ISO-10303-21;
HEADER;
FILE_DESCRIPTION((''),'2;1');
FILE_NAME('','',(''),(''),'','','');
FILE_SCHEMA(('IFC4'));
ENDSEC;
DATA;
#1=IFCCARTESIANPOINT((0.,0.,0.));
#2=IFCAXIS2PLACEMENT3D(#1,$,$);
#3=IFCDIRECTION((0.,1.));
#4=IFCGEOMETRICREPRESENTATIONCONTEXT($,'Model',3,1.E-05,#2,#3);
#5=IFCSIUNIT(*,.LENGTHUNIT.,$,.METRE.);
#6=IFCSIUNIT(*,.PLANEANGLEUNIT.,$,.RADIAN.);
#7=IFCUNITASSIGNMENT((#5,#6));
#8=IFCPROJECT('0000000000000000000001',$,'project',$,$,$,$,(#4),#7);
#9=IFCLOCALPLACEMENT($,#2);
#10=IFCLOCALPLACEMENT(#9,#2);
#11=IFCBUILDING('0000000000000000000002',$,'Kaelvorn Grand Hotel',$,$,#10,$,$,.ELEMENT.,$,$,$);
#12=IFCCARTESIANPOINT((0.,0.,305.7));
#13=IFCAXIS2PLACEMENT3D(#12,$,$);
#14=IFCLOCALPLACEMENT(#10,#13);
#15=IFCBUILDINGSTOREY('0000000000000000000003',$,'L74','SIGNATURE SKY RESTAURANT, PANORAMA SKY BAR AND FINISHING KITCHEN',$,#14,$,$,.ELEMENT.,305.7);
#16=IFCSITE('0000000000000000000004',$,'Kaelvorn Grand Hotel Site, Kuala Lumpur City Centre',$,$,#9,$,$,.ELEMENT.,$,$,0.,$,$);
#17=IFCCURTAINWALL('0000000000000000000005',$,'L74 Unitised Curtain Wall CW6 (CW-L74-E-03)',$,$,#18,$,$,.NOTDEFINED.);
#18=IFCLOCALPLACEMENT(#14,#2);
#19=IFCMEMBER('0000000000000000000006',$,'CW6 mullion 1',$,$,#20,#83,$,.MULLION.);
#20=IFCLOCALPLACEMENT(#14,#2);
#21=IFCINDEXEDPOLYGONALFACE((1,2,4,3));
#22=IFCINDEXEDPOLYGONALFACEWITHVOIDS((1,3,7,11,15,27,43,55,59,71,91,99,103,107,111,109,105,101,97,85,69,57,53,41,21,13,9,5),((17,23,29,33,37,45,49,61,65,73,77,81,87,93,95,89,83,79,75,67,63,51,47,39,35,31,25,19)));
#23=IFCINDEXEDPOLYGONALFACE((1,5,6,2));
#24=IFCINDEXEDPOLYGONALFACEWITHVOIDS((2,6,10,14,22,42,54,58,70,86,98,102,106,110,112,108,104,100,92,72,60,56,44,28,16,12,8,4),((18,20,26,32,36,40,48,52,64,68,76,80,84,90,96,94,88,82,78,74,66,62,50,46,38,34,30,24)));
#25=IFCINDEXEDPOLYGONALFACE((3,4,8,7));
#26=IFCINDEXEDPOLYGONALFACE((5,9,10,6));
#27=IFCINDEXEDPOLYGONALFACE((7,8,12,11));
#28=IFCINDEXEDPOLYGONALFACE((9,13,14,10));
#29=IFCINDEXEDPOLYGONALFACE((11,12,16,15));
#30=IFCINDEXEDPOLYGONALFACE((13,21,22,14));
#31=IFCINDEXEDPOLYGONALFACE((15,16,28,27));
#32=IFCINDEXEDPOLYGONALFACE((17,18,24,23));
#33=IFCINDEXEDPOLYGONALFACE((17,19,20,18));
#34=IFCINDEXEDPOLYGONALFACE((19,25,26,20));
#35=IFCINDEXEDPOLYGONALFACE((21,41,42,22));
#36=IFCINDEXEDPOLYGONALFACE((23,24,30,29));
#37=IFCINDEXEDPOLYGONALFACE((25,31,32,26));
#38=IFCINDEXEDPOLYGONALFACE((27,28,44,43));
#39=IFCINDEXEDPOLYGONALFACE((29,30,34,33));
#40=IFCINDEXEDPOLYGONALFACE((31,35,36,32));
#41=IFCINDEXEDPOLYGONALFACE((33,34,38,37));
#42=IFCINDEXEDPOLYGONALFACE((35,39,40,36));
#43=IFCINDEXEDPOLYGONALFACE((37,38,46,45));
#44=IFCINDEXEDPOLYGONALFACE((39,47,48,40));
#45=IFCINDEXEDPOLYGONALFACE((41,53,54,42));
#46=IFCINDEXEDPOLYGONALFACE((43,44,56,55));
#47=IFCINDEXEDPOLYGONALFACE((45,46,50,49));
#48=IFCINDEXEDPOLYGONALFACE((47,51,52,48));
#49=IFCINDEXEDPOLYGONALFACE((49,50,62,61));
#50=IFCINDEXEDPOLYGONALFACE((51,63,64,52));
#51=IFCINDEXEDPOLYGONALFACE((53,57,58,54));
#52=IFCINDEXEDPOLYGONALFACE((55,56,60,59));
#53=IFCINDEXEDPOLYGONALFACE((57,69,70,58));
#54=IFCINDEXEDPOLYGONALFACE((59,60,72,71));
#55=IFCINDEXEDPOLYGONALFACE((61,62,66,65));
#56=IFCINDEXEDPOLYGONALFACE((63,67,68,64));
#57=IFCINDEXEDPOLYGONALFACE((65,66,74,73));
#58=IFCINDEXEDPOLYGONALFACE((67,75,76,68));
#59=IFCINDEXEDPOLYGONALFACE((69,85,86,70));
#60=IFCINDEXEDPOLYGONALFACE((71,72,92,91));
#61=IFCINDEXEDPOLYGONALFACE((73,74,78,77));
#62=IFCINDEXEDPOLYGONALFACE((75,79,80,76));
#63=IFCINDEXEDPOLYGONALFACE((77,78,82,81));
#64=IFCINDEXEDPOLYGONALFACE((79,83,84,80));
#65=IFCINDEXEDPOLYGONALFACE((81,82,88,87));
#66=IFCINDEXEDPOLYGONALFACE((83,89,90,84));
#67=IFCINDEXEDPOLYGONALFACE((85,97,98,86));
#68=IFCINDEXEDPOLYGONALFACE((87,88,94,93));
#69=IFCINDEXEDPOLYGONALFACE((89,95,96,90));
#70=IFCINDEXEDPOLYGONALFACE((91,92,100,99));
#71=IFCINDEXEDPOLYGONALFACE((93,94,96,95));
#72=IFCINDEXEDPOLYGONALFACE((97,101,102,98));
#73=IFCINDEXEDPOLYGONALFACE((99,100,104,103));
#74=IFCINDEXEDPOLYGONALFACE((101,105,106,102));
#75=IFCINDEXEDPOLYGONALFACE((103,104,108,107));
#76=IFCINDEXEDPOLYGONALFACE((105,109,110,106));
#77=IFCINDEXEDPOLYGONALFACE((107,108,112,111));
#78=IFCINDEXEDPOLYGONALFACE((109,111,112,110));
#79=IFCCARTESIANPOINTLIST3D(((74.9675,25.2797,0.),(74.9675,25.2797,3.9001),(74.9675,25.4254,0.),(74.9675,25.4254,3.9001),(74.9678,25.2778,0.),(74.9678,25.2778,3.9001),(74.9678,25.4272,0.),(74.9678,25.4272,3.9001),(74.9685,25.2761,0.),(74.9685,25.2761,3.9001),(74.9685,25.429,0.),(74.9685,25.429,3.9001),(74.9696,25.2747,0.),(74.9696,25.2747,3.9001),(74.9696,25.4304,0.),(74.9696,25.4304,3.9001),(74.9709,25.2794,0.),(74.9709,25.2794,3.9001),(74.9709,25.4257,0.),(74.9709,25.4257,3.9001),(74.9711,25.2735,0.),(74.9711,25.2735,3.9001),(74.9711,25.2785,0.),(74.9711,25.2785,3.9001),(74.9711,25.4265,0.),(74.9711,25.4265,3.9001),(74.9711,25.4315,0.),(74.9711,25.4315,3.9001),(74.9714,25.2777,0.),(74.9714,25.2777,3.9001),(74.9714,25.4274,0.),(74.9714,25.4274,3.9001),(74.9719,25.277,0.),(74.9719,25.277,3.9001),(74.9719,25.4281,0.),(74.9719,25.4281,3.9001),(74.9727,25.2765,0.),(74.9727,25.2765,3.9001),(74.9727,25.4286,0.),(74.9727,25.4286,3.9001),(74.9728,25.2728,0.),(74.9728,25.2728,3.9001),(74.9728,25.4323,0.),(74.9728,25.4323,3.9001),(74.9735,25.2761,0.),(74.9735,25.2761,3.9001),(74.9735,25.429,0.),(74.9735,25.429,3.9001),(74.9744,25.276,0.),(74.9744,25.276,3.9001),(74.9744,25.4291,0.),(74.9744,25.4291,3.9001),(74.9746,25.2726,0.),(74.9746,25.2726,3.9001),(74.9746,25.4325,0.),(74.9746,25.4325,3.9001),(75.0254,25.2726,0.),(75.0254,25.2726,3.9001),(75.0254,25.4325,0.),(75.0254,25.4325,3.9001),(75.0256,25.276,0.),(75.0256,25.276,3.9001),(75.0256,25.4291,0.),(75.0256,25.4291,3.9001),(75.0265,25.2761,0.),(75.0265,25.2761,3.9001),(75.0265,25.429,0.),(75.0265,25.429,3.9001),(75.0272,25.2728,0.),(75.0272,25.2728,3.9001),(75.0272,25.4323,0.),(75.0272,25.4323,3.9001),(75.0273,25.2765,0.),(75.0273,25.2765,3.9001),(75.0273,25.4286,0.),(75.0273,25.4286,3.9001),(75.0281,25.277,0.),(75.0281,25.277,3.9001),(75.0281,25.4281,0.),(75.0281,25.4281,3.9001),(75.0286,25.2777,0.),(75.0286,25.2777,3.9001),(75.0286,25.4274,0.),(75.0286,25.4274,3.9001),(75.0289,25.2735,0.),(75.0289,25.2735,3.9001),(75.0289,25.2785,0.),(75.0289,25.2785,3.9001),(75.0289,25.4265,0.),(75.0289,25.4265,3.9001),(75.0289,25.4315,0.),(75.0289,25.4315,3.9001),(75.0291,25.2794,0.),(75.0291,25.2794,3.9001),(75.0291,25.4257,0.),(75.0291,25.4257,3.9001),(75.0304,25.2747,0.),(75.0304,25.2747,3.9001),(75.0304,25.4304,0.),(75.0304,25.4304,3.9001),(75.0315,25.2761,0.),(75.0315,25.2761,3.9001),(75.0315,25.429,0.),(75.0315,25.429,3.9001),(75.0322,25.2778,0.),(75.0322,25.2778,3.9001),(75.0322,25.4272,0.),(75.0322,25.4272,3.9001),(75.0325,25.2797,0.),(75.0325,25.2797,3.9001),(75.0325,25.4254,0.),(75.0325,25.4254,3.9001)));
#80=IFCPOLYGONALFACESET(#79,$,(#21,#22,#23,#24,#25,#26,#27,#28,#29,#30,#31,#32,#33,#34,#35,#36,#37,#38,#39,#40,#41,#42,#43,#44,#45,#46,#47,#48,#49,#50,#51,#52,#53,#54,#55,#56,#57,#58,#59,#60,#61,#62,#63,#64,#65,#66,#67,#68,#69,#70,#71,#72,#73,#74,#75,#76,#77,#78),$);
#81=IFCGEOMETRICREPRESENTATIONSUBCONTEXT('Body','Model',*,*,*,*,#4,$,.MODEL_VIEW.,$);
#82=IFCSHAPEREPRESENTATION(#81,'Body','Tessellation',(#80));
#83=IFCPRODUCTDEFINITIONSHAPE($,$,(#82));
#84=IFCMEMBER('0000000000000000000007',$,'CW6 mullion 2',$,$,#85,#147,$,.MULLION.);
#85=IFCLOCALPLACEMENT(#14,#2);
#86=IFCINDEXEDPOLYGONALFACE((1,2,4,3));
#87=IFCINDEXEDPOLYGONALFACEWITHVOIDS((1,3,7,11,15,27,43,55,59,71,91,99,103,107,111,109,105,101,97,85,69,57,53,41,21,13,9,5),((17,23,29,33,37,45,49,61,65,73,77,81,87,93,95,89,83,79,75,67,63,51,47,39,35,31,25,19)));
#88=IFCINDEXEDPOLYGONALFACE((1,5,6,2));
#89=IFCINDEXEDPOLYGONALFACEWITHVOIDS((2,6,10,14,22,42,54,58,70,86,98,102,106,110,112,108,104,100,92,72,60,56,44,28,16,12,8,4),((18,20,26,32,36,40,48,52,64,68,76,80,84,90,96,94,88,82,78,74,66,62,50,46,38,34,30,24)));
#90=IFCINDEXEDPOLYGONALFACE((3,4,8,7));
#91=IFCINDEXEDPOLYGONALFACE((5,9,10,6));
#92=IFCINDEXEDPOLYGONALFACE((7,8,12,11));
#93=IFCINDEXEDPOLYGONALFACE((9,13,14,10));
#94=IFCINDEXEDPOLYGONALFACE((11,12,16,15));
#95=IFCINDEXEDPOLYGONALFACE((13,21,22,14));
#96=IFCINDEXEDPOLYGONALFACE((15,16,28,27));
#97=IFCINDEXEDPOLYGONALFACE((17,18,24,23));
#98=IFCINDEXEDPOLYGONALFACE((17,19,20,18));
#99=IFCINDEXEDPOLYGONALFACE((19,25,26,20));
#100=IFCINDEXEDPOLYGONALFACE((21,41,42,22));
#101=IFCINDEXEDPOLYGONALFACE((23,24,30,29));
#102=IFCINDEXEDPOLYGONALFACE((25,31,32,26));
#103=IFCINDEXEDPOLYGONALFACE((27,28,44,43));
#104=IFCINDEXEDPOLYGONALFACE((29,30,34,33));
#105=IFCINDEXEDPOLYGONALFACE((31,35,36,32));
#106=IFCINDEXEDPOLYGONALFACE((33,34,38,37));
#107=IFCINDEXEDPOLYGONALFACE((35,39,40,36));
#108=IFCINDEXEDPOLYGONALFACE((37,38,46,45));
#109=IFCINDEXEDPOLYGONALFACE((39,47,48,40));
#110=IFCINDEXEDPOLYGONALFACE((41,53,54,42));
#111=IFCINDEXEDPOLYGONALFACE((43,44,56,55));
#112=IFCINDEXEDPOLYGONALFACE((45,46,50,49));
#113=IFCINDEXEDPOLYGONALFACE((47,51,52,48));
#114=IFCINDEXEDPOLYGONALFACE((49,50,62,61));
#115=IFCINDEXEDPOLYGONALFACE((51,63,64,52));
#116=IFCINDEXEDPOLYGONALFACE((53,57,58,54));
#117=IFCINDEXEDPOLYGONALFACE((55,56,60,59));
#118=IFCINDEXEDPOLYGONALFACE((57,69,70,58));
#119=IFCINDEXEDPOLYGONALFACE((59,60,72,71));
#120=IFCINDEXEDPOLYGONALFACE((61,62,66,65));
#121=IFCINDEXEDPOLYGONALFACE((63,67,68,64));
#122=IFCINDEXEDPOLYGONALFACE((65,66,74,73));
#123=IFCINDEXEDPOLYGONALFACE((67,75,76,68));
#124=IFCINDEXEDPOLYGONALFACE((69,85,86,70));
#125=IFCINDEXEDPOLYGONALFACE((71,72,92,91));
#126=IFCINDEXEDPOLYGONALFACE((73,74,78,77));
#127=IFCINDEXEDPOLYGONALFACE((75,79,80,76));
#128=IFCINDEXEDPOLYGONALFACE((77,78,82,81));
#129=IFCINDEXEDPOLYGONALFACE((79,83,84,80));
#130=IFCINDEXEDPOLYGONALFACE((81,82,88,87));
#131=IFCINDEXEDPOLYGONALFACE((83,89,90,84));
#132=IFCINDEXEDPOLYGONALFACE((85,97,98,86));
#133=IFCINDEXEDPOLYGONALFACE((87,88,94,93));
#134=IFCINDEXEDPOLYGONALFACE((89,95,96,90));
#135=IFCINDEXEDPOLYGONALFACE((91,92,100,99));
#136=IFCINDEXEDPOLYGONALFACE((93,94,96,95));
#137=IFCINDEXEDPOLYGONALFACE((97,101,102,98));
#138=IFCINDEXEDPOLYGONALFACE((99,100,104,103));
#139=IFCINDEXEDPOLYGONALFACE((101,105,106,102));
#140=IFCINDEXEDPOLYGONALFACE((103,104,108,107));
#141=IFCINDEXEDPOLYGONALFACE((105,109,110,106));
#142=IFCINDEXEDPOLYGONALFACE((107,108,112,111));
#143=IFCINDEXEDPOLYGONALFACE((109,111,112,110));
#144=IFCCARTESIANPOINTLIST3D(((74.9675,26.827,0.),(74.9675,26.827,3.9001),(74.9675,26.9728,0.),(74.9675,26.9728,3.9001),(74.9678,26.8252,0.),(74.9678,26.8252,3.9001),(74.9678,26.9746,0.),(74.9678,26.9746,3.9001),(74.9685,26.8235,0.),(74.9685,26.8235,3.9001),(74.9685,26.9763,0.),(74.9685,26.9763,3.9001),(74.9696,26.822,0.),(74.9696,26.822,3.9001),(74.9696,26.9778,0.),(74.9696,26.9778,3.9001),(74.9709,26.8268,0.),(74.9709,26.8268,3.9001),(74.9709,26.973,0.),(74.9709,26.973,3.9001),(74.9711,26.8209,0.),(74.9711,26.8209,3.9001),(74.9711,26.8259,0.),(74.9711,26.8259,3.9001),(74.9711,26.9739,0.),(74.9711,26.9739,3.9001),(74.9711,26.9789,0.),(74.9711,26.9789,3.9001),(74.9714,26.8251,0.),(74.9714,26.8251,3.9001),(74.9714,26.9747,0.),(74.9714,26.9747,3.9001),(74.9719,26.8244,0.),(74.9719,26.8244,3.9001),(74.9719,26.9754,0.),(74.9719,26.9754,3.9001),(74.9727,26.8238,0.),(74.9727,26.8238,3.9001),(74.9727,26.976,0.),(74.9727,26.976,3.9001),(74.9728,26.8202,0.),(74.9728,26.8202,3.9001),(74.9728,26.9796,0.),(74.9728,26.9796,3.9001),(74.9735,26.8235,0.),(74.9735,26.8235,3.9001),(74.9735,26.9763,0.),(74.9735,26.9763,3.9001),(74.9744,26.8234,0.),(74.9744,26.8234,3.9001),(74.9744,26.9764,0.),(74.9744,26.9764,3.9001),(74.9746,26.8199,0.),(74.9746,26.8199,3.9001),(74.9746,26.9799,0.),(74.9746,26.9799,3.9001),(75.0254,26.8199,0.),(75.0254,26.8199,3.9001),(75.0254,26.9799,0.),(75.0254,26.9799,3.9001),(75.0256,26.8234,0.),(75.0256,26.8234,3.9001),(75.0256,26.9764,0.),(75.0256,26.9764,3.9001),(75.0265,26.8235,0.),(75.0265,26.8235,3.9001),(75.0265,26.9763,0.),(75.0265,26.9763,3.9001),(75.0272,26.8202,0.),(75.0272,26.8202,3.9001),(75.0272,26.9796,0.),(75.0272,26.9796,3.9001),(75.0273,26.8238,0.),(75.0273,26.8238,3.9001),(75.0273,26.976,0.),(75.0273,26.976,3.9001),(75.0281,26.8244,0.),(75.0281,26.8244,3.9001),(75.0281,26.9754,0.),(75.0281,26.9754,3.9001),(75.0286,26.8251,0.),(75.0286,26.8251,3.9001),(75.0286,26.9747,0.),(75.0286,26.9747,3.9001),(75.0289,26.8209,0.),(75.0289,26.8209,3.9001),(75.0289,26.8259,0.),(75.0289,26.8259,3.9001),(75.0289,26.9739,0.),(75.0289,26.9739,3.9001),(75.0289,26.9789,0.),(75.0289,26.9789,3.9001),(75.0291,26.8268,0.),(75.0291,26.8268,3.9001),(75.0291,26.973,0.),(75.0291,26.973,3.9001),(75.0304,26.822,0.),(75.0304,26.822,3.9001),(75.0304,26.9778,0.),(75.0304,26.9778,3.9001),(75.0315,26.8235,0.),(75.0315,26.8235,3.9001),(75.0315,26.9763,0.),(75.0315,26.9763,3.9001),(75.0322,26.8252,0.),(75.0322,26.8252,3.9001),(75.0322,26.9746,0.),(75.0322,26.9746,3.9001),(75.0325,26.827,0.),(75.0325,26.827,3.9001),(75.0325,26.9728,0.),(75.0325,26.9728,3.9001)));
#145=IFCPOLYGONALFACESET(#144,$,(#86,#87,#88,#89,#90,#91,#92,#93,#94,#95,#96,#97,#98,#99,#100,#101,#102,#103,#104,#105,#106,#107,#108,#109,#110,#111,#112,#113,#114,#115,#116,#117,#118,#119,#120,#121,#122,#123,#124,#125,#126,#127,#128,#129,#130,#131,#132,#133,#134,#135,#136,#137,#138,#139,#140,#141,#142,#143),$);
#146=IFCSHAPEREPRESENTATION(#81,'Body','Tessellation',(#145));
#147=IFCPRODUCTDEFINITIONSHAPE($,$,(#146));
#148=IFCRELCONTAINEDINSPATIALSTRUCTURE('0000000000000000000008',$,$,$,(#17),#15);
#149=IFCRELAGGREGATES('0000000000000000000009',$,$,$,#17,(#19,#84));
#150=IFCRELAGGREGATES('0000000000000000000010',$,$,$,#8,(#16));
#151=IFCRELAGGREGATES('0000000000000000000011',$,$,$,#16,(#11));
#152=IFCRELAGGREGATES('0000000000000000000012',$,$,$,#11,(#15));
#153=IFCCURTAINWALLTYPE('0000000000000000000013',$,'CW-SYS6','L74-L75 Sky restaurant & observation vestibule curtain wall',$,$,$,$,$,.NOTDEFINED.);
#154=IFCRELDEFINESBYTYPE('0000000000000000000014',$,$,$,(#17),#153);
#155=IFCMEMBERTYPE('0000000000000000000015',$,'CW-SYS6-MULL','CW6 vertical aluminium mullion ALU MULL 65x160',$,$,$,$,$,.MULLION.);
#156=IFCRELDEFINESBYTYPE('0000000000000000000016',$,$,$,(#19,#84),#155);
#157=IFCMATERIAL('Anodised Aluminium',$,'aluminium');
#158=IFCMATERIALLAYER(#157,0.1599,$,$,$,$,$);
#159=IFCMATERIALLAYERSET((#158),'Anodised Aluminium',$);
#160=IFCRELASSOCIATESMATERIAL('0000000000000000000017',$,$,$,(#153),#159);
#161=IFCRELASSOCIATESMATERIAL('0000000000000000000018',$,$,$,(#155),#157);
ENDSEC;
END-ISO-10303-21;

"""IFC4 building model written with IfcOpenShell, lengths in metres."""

from ifc_helpers import new_model, si_unit, direction, frame, origin, origin_2d, place, context, subcontext, project, spatial, hollow_rectangle, extrude, material, layer, layer_set, material_profile, profile_set, type_object, element, aggregate, save


model = new_model("IFC4")

# Units and contexts
model_context = context("Model", 3, precision=1e-05, world=origin(), true_north=direction((0.0, 1.0)))
body_context = subcontext(model_context, "Body", "Model", "MODEL_VIEW")
ifc_project = project(units=[si_unit("LENGTHUNIT", "METRE"), si_unit("PLANEANGLEUNIT", "RADIAN")], contexts=[model_context])

# Site, building, storey
site_placement = place(None, origin())
site = spatial("IfcSite", under=ifc_project, at=site_placement, Name="Kaelvorn Grand Hotel Site, Kuala Lumpur City Centre", CompositionType="ELEMENT", RefElevation=0.0)
building_placement = place(site_placement, origin())
building = spatial("IfcBuilding", under=site, at=building_placement, Name="Kaelvorn Grand Hotel", CompositionType="ELEMENT")
storey_placement = place(building_placement, frame((0.0, 0.0, 305.7)))
storey = spatial("IfcBuildingStorey", under=building, at=storey_placement, Name="L74", Description="SIGNATURE SKY RESTAURANT, PANORAMA SKY BAR AND FINISHING KITCHEN", CompositionType="ELEMENT", Elevation=305.7)

# Curtain wall, members
ifc_material_1 = material(Name="Anodised Aluminium", Category="aluminium")
ifc_layer_1 = layer(ifc_material_1, 0.1599)
ifc_layer_set_1 = layer_set([ifc_layer_1], Name="Anodised Aluminium")
curtain_wall_type = type_object("IfcCurtainWallType", Name="CW-SYS6", Description="L74-L75 Sky restaurant & observation vestibule curtain wall", PredefinedType="NOTDEFINED", material=ifc_layer_set_1)
ifc_material_profile_1 = material_profile(ifc_material_1, hollow_rectangle(XDim=0.0649, YDim=0.1599, WallThickness=0.0034, InnerFilletRadius=0.0034, OuterFilletRadius=0.0071, at=origin_2d()), Name="ALU MULL 65x160")
ifc_profile_set_1 = profile_set([ifc_material_profile_1], Name="Anodised Aluminium")
member_type_1 = type_object("IfcMemberType", Name="CW-SYS6-MULL", Description="CW6 vertical aluminium mullion ALU MULL 65x160", PredefinedType="MULLION", material=ifc_profile_set_1)
curtain_wall_1_placement = place(storey_placement, origin())
curtain_wall_1 = element("IfcCurtainWall", 1, at=curtain_wall_1_placement, inside=storey, type_object=curtain_wall_type, Name="L74 Unitised Curtain Wall CW6 (CW-L74-E-03)", PredefinedType="NOTDEFINED")
member_1_placement = place(storey_placement, frame((75.0, 25.3525, 0.0), z_axis=(0.0, 0.0, 1.0), x_axis=(-1.0, 0.0, 0.0)))
member_1 = element("IfcMember", 2, at=member_1_placement, type_object=member_type_1, Name="CW6 mullion 1", PredefinedType="MULLION", context=body_context, shape_type="SweptSolid", body=[
    extrude(hollow_rectangle(XDim=0.0649, YDim=0.1599, WallThickness=0.0034, InnerFilletRadius=0.0034, OuterFilletRadius=0.0071, at=origin_2d()), origin(), (0.0, 0.0, 1.0), 3.9001),
])
member_2_placement = place(storey_placement, frame((75.0, 26.8999, 0.0), z_axis=(0.0, 0.0, 1.0), x_axis=(-1.0, 0.0, 0.0)))
member_2 = element("IfcMember", 3, at=member_2_placement, type_object=member_type_1, Name="CW6 mullion 2", PredefinedType="MULLION", context=body_context, shape_type="SweptSolid", body=[
    extrude(hollow_rectangle(XDim=0.0649, YDim=0.1599, WallThickness=0.0034, InnerFilletRadius=0.0034, OuterFilletRadius=0.0071, at=origin_2d()), origin(), (0.0, 0.0, 1.0), 3.9001),
])

aggregate(curtain_wall_1, [member_1, member_2])

save(model, "model.ifc")
